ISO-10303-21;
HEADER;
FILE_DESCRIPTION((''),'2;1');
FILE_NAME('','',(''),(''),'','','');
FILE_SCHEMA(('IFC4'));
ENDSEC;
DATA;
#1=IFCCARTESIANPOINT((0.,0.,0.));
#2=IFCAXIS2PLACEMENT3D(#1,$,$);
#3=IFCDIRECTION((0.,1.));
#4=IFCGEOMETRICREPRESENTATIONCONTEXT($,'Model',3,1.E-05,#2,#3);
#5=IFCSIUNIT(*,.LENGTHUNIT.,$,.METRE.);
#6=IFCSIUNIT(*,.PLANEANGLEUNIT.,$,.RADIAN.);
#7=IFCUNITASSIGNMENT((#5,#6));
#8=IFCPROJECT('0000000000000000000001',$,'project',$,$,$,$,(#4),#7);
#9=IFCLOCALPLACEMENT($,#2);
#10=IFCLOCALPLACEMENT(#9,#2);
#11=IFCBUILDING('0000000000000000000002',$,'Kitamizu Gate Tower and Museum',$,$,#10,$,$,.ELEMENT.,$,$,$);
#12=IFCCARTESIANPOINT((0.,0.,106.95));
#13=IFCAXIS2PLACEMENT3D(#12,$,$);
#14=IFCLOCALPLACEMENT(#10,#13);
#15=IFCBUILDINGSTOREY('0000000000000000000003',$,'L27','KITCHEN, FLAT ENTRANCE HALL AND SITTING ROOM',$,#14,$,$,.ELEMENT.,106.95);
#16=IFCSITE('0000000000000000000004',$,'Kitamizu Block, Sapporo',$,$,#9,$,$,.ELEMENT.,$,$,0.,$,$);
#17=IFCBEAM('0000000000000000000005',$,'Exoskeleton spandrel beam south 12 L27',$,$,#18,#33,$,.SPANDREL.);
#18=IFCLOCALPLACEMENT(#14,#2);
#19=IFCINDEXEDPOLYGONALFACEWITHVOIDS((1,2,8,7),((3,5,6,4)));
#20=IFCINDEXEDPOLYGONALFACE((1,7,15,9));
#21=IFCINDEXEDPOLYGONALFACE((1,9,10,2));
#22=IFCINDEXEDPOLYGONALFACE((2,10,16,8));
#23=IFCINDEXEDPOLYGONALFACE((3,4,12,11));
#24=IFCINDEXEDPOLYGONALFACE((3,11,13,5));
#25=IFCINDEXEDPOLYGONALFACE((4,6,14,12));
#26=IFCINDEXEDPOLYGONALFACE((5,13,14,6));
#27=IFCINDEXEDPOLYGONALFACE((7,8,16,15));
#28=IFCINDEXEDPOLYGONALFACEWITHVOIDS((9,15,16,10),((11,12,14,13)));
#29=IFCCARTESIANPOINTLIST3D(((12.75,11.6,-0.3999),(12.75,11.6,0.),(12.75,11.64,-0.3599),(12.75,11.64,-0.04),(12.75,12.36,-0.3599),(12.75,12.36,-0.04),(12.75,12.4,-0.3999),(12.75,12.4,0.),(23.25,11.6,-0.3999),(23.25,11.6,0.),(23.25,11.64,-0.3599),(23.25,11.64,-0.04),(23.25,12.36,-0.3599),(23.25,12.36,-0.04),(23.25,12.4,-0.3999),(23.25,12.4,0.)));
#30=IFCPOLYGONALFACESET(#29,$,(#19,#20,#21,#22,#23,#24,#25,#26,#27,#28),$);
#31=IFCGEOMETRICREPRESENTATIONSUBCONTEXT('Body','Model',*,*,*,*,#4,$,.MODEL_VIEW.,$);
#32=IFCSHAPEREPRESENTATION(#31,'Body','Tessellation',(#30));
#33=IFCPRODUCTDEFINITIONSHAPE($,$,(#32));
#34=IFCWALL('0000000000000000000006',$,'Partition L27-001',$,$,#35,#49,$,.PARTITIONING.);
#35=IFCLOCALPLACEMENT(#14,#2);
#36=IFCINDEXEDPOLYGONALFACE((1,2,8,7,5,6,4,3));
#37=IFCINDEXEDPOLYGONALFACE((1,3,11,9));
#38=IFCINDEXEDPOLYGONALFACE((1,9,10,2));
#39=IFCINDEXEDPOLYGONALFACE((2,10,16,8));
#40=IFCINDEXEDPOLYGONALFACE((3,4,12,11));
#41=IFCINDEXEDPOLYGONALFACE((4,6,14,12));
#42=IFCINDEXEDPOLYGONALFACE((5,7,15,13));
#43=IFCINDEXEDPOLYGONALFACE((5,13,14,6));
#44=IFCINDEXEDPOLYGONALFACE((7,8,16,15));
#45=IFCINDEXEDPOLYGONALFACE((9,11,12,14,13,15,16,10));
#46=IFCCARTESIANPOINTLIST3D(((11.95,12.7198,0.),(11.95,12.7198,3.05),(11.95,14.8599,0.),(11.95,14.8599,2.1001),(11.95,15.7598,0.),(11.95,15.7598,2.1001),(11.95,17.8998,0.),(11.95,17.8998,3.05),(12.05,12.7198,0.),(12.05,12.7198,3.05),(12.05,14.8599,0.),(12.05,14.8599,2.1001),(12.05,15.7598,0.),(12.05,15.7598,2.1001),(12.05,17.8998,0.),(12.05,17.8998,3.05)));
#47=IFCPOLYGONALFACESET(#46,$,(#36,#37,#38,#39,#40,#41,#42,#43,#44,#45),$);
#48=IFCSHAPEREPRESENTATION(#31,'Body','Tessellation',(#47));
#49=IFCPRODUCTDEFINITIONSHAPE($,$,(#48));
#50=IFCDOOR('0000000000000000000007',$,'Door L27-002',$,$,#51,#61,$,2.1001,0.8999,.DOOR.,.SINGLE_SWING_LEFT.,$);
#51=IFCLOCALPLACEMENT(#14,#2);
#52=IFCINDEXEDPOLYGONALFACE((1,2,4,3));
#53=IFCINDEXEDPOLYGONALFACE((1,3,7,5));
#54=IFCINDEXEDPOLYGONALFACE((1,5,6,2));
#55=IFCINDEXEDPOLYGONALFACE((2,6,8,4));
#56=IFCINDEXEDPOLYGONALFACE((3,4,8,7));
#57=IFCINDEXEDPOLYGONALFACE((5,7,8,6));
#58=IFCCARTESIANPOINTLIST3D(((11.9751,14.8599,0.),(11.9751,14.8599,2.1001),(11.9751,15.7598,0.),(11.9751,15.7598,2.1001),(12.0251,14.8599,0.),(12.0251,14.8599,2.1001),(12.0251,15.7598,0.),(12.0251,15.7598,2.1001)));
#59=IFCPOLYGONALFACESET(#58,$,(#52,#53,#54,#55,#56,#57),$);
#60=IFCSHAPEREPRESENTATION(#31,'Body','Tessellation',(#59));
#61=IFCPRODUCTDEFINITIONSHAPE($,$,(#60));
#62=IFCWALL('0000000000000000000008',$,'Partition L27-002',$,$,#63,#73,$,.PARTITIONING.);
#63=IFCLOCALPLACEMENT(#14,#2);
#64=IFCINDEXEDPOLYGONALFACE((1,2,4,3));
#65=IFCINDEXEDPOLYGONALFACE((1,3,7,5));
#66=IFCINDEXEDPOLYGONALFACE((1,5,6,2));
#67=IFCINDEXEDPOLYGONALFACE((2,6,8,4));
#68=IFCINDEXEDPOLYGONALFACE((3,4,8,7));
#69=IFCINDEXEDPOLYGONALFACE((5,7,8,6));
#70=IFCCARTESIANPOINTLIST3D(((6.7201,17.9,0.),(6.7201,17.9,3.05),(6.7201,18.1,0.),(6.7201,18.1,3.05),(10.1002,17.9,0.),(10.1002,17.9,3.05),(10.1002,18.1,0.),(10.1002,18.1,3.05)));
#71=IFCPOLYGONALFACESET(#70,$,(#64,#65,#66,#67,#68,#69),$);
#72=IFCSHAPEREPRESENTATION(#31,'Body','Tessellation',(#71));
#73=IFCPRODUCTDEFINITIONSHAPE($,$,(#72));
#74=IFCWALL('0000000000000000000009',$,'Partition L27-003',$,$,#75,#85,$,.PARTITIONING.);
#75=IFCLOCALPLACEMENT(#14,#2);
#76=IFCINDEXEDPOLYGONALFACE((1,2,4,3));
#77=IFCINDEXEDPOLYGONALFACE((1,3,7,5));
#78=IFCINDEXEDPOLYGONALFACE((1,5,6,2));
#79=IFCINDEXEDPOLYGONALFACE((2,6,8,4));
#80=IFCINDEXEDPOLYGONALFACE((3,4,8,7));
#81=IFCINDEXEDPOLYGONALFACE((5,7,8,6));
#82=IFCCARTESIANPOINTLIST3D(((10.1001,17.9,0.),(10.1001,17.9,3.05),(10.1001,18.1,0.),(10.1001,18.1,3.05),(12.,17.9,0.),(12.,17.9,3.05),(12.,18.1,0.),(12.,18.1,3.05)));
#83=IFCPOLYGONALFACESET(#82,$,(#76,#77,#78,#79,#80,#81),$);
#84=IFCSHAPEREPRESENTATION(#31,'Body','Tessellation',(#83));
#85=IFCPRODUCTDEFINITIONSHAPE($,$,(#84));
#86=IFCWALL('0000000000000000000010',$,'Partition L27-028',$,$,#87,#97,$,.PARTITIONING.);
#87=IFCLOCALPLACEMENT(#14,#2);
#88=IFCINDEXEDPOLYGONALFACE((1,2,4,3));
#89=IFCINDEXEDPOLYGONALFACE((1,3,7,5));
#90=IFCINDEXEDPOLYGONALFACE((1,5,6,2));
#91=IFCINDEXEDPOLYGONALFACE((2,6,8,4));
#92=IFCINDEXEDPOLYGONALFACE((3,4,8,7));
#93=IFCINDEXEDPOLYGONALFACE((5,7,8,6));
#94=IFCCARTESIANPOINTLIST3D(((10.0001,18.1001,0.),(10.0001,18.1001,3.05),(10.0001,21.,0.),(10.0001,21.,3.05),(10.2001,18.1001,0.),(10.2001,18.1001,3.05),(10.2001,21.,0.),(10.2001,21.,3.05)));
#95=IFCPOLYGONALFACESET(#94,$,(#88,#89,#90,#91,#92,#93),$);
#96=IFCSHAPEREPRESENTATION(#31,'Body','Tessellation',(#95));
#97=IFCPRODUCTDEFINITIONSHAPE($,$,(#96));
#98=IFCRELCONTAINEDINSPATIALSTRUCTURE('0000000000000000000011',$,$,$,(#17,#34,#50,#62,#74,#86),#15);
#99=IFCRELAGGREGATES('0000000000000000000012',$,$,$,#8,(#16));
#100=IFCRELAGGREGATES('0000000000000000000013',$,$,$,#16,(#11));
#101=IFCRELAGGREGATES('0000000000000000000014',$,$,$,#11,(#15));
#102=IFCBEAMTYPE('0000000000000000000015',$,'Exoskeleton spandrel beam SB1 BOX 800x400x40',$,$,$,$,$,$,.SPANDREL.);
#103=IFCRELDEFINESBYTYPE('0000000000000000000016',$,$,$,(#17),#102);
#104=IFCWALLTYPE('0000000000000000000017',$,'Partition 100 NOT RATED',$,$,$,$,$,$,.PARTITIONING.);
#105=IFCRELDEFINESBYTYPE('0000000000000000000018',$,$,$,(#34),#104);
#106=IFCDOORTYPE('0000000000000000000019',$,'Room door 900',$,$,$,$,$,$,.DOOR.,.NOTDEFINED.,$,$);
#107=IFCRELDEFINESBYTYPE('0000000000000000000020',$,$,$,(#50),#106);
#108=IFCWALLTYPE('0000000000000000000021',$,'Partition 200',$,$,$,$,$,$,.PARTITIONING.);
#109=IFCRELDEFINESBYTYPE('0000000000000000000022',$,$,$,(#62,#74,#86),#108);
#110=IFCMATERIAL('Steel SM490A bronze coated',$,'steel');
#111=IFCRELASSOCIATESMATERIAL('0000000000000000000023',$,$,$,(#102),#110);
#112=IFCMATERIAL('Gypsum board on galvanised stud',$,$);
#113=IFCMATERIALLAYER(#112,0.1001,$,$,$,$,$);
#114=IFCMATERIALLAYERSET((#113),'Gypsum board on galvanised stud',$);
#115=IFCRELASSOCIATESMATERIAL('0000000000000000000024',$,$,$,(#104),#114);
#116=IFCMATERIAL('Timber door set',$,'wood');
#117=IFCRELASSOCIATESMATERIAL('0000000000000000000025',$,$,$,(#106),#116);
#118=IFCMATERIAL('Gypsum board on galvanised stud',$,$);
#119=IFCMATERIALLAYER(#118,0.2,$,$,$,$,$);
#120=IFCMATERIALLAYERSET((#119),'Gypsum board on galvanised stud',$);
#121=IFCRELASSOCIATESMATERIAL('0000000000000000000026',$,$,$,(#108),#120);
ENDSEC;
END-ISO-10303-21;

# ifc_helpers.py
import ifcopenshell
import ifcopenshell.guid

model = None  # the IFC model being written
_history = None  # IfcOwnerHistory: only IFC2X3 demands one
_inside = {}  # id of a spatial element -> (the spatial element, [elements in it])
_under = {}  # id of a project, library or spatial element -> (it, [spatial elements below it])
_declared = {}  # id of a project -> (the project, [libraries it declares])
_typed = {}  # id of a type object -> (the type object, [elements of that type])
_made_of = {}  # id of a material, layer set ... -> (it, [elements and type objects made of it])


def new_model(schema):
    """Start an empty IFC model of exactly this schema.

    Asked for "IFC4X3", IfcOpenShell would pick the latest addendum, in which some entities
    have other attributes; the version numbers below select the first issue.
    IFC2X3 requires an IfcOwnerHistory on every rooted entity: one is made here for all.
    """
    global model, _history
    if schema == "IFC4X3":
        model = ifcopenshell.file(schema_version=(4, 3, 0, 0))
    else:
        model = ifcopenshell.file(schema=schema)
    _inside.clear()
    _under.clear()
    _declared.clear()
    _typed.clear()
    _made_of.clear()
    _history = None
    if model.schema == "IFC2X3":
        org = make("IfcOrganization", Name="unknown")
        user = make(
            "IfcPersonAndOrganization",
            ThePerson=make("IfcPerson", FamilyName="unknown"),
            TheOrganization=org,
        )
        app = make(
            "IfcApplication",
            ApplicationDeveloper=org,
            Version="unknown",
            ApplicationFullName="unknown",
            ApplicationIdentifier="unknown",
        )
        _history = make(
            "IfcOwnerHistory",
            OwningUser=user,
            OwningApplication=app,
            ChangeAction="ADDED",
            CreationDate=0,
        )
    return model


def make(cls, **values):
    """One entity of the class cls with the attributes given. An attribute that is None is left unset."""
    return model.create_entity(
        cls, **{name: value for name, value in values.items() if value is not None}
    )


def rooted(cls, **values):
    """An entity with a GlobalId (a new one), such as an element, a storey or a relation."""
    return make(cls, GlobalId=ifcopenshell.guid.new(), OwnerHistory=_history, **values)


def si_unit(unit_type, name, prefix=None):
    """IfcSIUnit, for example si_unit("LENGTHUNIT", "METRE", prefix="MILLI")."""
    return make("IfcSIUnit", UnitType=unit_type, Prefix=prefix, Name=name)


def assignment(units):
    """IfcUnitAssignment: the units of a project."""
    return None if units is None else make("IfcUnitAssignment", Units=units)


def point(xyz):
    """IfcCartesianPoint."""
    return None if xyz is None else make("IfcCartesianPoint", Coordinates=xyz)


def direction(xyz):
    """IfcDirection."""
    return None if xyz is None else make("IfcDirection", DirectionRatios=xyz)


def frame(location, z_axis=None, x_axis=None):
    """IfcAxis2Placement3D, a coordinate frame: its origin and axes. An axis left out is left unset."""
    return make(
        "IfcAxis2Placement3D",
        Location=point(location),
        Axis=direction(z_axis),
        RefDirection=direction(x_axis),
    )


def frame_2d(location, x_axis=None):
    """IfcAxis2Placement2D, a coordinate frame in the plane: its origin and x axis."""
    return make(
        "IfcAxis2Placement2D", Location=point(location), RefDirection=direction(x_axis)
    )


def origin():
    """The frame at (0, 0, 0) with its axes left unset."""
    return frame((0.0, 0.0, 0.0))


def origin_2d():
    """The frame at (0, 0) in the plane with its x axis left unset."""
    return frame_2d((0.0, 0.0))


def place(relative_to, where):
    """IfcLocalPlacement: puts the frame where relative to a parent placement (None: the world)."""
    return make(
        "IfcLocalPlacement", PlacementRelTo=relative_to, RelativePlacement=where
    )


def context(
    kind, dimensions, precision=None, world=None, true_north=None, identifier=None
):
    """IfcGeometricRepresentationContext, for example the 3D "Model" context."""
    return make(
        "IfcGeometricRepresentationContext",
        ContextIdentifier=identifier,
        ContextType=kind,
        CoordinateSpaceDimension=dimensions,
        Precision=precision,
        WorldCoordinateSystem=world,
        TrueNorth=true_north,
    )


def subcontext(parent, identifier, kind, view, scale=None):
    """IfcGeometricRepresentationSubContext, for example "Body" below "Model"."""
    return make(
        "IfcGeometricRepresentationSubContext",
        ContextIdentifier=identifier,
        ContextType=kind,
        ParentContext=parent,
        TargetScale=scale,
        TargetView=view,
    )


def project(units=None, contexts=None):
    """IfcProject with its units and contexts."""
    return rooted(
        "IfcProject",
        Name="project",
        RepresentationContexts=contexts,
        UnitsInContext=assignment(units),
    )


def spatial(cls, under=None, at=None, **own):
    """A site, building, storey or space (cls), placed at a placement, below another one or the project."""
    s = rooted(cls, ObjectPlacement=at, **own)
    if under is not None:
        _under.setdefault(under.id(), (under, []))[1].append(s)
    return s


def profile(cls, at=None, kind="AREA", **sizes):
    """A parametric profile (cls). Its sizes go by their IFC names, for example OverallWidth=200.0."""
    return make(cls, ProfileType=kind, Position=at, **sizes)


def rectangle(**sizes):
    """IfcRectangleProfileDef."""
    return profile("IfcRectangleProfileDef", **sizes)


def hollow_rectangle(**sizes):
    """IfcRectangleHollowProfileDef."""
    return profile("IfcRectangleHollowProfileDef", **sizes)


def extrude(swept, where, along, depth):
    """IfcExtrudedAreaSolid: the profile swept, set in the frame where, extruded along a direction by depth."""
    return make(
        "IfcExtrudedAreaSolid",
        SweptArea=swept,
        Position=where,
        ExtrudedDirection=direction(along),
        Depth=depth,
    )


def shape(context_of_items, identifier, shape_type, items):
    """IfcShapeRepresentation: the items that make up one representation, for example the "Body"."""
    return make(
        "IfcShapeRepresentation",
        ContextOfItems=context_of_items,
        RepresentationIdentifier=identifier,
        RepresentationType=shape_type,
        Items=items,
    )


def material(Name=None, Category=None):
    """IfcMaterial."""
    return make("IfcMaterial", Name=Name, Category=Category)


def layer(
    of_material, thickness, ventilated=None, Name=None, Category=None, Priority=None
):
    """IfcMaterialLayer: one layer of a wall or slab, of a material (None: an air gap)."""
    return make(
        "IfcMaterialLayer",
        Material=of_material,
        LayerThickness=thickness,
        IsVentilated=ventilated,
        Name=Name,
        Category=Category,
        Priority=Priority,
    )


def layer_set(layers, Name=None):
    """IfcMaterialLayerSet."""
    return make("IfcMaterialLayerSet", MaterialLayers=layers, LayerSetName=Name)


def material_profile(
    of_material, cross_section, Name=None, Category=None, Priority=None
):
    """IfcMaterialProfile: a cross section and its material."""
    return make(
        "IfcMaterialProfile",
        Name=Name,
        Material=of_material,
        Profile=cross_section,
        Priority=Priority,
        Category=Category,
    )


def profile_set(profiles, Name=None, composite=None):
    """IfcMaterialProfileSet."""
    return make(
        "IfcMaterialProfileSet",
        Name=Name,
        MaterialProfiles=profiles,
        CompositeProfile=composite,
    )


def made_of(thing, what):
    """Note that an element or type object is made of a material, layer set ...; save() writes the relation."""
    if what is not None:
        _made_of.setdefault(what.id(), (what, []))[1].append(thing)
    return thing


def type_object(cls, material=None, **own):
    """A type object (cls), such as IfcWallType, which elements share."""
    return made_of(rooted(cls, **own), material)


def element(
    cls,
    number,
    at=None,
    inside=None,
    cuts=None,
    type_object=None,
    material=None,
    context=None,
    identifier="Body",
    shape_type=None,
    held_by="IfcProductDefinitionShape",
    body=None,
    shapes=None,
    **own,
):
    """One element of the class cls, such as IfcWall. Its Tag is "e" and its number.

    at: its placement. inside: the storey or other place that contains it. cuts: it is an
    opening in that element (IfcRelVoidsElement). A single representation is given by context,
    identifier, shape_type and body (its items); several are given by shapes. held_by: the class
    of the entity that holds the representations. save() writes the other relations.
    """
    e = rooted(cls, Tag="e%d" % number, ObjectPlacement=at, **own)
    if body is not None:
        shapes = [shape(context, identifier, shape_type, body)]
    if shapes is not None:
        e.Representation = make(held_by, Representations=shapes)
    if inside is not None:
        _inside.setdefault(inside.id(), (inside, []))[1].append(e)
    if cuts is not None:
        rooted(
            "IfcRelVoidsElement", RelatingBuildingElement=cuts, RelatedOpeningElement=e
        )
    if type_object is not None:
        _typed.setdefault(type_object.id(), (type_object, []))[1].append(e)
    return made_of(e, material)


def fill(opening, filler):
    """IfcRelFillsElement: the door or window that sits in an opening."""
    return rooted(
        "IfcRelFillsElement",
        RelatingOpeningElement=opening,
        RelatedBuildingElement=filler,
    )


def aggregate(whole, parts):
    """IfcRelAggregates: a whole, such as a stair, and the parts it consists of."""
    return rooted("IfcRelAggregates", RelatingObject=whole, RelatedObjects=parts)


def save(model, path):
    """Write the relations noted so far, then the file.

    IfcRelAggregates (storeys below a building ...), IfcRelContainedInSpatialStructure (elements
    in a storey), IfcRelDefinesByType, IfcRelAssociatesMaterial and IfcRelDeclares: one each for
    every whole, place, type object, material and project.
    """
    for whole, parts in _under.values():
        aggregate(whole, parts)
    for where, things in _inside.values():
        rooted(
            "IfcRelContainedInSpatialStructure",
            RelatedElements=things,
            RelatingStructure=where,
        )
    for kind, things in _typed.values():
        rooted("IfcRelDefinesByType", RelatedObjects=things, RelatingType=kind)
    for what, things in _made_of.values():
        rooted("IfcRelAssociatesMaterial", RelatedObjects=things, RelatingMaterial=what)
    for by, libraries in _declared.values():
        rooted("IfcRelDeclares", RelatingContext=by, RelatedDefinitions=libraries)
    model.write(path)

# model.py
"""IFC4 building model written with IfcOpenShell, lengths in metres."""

from ifc_helpers import new_model, si_unit, direction, frame, frame_2d, origin, origin_2d, place, context, subcontext, project, spatial, rectangle, hollow_rectangle, extrude, material, layer, layer_set, material_profile, profile_set, type_object, element, fill, save


model = new_model("IFC4")

# Units and contexts
model_context = context("Model", 3, precision=1e-05, world=origin(), true_north=direction((0.0, 1.0)))
body_context = subcontext(model_context, "Body", "Model", "MODEL_VIEW")
ifc_project = project(units=[si_unit("LENGTHUNIT", "METRE"), si_unit("PLANEANGLEUNIT", "RADIAN")], contexts=[model_context])

# Site, building, storey
site_placement = place(None, origin())
site = spatial("IfcSite", under=ifc_project, at=site_placement, Name="Kitamizu Block, Sapporo", CompositionType="ELEMENT", RefElevation=0.0)
building_placement = place(site_placement, origin())
building = spatial("IfcBuilding", under=site, at=building_placement, Name="Kitamizu Gate Tower and Museum", CompositionType="ELEMENT")
storey_placement = place(building_placement, frame((0.0, 0.0, 106.95)))
storey = spatial("IfcBuildingStorey", under=building, at=storey_placement, Name="L27", Description="KITCHEN, FLAT ENTRANCE HALL AND SITTING ROOM", CompositionType="ELEMENT", Elevation=106.95)

# Beam
ifc_material_1 = material(Name="Steel SM490A bronze coated", Category="steel")
ifc_material_profile = material_profile(ifc_material_1, hollow_rectangle(XDim=0.8, YDim=0.3999, WallThickness=0.04, at=origin_2d()), Name="BOX 800x400x40")
ifc_profile_set = profile_set([ifc_material_profile], Name="Steel SM490A bronze coated")
beam_type = type_object("IfcBeamType", Name="Exoskeleton spandrel beam SB1 BOX 800x400x40", PredefinedType="SPANDREL", material=ifc_profile_set)
beam_placement = place(storey_placement, frame((12.75, 12.0, -0.2), z_axis=(1.0, 0.0, 0.0), x_axis=(0.0, 1.0, 0.0)))
element("IfcBeam", 1, at=beam_placement, inside=storey, type_object=beam_type, Name="Exoskeleton spandrel beam south 12 L27", PredefinedType="SPANDREL", context=body_context, shape_type="SweptSolid", body=[
    extrude(hollow_rectangle(XDim=0.8, YDim=0.3999, WallThickness=0.04, at=origin_2d()), origin(), (0.0, 0.0, 1.0), 10.5),
])

# Wall, opening, door
ifc_material_2 = material(Name="Gypsum board on galvanised stud")
ifc_layer_1 = layer(ifc_material_2, 0.1001)
ifc_layer_set_1 = layer_set([ifc_layer_1], Name="Gypsum board on galvanised stud")
wall_type_1 = type_object("IfcWallType", Name="Partition 100 NOT RATED", PredefinedType="PARTITIONING", material=ifc_layer_set_1)
wall_1_placement = place(storey_placement, frame((12.0, 12.72, 0.0), z_axis=(0.0, 0.0, 1.0), x_axis=(0.0, 1.0, 0.0)))
wall_1 = element("IfcWall", 2, at=wall_1_placement, inside=storey, type_object=wall_type_1, Name="Partition L27-001", PredefinedType="PARTITIONING", context=body_context, shape_type="SweptSolid", body=[
    extrude(rectangle(XDim=5.1799, YDim=0.1001, at=frame_2d((2.5898, 0.0))), origin(), (0.0, 0.0, 1.0), 3.05),
])
opening_placement = place(wall_1_placement, frame((2.1399, 0.0, 0.0)))
opening = element("IfcOpeningElement", 3, at=opening_placement, cuts=wall_1, PredefinedType="OPENING", context=body_context, shape_type="SweptSolid", body=[
    extrude(rectangle(XDim=0.8999, YDim=2.1001, at=frame_2d((0.45, 1.05))), frame((0.0, 0.0601, 0.0), z_axis=(0.0, -1.0, 0.0), x_axis=(1.0, 0.0, 0.0)), (0.0, 0.0, 1.0), 0.1201),
])
ifc_material_3 = material(Name="Timber door set", Category="wood")
door_type = type_object("IfcDoorType", Name="Room door 900", OperationType="NOTDEFINED", PredefinedType="DOOR", material=ifc_material_3)
door_placement = place(opening_placement, origin())
door = element("IfcDoor", 4, at=door_placement, inside=storey, type_object=door_type, Name="Door L27-002", OperationType="SINGLE_SWING_LEFT", OverallHeight=2.1001, OverallWidth=0.8999, PredefinedType="DOOR", context=body_context, shape_type="SweptSolid", body=[
    extrude(rectangle(XDim=0.8999, YDim=2.1001, at=frame_2d((0.45, 1.05))), frame((0.0, 0.0249, 0.0), z_axis=(0.0, -1.0, 0.0), x_axis=(1.0, 0.0, 0.0)), (0.0, 0.0, 1.0), 0.05),
])
fill(opening, door)

# Walls
ifc_material_4 = material(Name="Gypsum board on galvanised stud")
ifc_layer_2 = layer(ifc_material_4, 0.2)
ifc_layer_set_2 = layer_set([ifc_layer_2], Name="Gypsum board on galvanised stud")
wall_type_2 = type_object("IfcWallType", Name="Partition 200", PredefinedType="PARTITIONING", material=ifc_layer_set_2)
wall_2_placement = place(storey_placement, frame((10.1001, 18.0, 0.0), z_axis=(0.0, 0.0, 1.0), x_axis=(-1.0, 0.0, 0.0)))
element("IfcWall", 5, at=wall_2_placement, inside=storey, type_object=wall_type_2, Name="Partition L27-002", PredefinedType="PARTITIONING", context=body_context, shape_type="SweptSolid", body=[
    extrude(rectangle(XDim=3.3801, YDim=0.2, at=frame_2d((1.6899, 0.0))), origin(), (0.0, 0.0, 1.0), 3.05),
])
wall_3_placement = place(storey_placement, frame((12.0, 18.0, 0.0), z_axis=(0.0, 0.0, 1.0), x_axis=(-1.0, 0.0, 0.0)))
element("IfcWall", 6, at=wall_3_placement, inside=storey, type_object=wall_type_2, Name="Partition L27-003", PredefinedType="PARTITIONING", context=body_context, shape_type="SweptSolid", body=[
    extrude(rectangle(XDim=1.8999, YDim=0.2, at=frame_2d((0.95, 0.0))), origin(), (0.0, 0.0, 1.0), 3.05),
])
wall_4_placement = place(storey_placement, frame((10.1001, 18.1001, 0.0), z_axis=(0.0, 0.0, 1.0), x_axis=(0.0, 1.0, 0.0)))
element("IfcWall", 7, at=wall_4_placement, inside=storey, type_object=wall_type_2, Name="Partition L27-028", PredefinedType="PARTITIONING", context=body_context, shape_type="SweptSolid", body=[
    extrude(rectangle(XDim=2.8999, YDim=0.2, at=frame_2d((1.45, 0.0))), origin(), (0.0, 0.0, 1.0), 3.05),
])

save(model, "model.ifc")
